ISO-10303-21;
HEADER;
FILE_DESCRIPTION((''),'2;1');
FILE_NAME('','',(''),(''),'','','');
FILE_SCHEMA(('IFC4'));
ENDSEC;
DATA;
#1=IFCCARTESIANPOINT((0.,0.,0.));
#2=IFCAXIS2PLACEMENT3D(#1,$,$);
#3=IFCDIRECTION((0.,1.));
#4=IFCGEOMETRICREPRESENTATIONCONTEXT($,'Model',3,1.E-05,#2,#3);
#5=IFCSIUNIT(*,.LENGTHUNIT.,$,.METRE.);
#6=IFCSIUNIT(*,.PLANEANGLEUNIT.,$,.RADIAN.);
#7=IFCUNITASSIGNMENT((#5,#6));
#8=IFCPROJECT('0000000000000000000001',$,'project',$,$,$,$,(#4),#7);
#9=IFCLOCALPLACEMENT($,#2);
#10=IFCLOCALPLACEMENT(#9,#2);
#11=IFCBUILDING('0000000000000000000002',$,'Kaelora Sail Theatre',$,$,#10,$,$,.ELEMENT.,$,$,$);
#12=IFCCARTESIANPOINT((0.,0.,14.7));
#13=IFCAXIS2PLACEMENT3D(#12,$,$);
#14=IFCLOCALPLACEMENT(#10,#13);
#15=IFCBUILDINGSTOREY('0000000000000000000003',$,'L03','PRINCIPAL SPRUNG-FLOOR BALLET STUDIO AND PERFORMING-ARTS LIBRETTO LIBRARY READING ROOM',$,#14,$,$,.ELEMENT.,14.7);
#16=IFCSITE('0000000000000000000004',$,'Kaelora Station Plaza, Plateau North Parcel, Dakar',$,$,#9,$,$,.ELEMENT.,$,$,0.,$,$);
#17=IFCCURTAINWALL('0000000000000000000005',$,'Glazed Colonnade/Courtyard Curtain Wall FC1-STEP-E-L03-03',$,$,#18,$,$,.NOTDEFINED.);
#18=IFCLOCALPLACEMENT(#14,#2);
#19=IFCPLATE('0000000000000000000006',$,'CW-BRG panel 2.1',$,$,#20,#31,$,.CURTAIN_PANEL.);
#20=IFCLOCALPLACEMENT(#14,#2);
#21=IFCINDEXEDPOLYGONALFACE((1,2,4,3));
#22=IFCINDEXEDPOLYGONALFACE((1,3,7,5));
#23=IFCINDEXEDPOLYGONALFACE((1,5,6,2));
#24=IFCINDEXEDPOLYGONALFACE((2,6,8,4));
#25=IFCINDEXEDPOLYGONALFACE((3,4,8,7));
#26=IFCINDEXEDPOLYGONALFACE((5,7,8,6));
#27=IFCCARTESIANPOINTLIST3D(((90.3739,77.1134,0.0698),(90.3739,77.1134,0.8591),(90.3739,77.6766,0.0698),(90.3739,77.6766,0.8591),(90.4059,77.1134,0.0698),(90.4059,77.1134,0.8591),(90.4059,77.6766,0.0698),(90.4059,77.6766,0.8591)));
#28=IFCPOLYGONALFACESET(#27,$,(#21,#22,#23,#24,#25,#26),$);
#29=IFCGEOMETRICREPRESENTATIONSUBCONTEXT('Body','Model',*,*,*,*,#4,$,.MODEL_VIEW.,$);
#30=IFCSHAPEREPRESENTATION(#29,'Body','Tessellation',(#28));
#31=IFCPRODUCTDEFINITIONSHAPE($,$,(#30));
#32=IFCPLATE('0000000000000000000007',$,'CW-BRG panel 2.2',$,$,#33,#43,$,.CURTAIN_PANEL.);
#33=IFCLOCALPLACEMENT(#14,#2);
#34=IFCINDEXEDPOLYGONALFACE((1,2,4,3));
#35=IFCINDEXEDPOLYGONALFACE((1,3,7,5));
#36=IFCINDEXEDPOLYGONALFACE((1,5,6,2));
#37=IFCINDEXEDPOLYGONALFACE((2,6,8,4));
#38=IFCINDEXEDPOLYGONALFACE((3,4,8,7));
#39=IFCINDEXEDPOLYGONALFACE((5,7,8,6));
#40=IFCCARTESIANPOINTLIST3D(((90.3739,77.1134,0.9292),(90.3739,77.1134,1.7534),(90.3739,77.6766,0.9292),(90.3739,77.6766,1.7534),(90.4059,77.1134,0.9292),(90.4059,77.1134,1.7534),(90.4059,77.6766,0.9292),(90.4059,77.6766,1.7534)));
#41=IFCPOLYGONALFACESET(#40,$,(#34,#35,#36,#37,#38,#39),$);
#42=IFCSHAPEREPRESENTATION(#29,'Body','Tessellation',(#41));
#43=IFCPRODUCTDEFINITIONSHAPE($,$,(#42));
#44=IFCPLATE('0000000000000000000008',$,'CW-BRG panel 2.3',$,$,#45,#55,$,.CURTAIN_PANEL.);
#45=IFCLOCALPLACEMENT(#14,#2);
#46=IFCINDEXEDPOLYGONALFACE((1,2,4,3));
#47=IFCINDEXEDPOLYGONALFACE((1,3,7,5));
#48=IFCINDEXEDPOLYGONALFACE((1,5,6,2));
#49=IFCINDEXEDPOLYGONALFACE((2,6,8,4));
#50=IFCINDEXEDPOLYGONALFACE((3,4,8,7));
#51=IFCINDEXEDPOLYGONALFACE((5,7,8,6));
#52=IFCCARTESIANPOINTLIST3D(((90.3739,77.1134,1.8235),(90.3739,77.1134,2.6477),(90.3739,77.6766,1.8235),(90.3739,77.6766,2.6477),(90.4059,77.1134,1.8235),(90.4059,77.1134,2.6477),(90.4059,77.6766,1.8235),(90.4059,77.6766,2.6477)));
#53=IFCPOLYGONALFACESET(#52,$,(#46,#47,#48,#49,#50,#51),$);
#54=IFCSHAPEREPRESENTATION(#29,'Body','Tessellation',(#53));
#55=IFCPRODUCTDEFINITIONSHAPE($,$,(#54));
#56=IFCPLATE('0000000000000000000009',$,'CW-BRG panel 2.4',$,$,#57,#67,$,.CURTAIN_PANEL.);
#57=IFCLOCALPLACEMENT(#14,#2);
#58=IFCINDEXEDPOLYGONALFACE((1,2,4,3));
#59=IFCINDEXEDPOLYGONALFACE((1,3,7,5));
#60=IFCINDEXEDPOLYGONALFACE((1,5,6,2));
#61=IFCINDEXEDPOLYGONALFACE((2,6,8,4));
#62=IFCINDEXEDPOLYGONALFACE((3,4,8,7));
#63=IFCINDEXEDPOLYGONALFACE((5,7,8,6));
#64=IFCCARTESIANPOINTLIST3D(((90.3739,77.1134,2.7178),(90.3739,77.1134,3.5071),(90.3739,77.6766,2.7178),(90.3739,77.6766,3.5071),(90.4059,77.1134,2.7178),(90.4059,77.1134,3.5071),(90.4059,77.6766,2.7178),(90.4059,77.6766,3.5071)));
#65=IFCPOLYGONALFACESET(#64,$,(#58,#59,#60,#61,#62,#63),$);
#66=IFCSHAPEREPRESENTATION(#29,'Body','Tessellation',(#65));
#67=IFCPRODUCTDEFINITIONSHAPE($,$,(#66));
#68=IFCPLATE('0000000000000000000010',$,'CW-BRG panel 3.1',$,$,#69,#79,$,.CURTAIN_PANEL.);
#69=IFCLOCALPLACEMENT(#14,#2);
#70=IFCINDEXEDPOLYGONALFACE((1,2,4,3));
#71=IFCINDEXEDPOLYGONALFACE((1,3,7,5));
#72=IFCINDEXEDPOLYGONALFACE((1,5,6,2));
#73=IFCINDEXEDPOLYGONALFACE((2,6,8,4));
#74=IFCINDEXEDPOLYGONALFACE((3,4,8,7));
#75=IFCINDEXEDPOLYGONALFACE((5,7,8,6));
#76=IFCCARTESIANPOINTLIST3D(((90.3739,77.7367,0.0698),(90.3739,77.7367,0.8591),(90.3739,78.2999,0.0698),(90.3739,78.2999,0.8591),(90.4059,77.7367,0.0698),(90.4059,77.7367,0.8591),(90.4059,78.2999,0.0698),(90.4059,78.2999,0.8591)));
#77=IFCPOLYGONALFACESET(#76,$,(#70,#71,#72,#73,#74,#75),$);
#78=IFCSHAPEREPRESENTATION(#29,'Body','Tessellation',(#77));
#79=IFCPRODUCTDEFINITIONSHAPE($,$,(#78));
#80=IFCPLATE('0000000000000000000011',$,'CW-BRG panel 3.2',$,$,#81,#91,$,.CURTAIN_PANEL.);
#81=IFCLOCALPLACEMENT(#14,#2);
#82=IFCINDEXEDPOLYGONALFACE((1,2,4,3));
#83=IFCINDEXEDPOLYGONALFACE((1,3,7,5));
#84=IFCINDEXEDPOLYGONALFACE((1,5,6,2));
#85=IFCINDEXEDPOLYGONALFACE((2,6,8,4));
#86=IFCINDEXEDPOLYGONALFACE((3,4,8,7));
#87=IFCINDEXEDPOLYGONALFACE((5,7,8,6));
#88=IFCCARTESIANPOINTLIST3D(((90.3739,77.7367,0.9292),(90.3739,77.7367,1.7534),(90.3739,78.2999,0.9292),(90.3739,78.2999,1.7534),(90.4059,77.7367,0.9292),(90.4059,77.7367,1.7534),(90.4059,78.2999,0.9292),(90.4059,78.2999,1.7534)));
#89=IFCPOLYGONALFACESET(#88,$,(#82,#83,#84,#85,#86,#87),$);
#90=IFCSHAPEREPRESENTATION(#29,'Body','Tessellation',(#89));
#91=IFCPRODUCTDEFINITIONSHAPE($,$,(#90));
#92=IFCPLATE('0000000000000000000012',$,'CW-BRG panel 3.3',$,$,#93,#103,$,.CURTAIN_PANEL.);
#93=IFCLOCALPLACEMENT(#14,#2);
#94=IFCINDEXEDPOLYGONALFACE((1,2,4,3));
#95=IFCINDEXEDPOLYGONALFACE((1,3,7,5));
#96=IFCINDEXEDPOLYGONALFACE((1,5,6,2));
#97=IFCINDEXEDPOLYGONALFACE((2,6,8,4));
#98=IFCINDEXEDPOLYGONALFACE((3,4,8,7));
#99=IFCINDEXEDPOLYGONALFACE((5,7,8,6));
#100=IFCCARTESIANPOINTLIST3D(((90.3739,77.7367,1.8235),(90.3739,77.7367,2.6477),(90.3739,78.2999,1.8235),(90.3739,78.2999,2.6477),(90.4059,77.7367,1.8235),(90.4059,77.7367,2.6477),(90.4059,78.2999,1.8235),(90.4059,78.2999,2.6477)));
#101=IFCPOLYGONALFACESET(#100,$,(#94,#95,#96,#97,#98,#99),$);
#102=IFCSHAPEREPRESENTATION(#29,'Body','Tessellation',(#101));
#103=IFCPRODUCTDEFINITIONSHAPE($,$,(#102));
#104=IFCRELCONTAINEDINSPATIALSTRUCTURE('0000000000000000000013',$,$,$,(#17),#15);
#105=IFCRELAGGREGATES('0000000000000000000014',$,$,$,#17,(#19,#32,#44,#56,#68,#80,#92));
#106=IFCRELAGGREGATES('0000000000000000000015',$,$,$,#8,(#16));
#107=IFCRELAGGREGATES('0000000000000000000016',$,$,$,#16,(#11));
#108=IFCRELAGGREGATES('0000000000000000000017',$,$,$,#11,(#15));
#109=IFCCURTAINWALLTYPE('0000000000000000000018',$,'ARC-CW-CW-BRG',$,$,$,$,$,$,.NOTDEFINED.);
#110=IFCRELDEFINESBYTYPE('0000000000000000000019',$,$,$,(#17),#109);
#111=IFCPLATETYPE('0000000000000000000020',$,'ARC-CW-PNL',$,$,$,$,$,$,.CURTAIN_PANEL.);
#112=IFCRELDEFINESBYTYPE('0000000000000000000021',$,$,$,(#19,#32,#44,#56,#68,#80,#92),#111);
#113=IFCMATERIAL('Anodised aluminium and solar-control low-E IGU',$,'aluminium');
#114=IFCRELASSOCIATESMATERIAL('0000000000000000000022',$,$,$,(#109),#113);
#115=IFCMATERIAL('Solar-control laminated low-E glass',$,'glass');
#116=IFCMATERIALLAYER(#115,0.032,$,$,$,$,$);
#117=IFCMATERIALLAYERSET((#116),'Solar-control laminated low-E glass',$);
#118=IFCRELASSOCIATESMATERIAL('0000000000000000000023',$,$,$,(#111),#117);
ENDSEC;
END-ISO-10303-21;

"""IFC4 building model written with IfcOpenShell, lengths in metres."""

from ifc_helpers import new_model, si_unit, direction, frame, origin, origin_2d, place, context, subcontext, project, spatial, rectangle, extrude, material, layer, layer_set, type_object, element, aggregate, save


model = new_model("IFC4")

# Units and contexts
model_context = context("Model", 3, precision=1e-05, world=origin(), true_north=direction((0.0, 1.0)))
body_context = subcontext(model_context, "Body", "Model", "MODEL_VIEW")
ifc_project = project(units=[si_unit("LENGTHUNIT", "METRE"), si_unit("PLANEANGLEUNIT", "RADIAN")], contexts=[model_context])

# Site, building, storey
site_placement = place(None, origin())
site = spatial("IfcSite", under=ifc_project, at=site_placement, Name="Kaelora Station Plaza, Plateau North Parcel, Dakar", CompositionType="ELEMENT", RefElevation=0.0)
building_placement = place(site_placement, origin())
building = spatial("IfcBuilding", under=site, at=building_placement, Name="Kaelora Sail Theatre", CompositionType="ELEMENT")
storey_placement = place(building_placement, frame((0.0, 0.0, 14.7)))
storey = spatial("IfcBuildingStorey", under=building, at=storey_placement, Name="L03", Description="PRINCIPAL SPRUNG-FLOOR BALLET STUDIO AND PERFORMING-ARTS LIBRETTO LIBRARY READING ROOM", CompositionType="ELEMENT", Elevation=14.7)

# Curtain wall, plates
ifc_material_1 = material(Name="Anodised aluminium and solar-control low-E IGU", Category="aluminium")
curtain_wall_type = type_object("IfcCurtainWallType", Name="ARC-CW-CW-BRG", PredefinedType="NOTDEFINED", material=ifc_material_1)
curtain_wall_placement = place(storey_placement, origin())
curtain_wall = element("IfcCurtainWall", 1, at=curtain_wall_placement, inside=storey, type_object=curtain_wall_type, Name="Glazed Colonnade/Courtyard Curtain Wall FC1-STEP-E-L03-03", PredefinedType="NOTDEFINED")
ifc_material_2 = material(Name="Solar-control laminated low-E glass", Category="glass")
ifc_layer = layer(ifc_material_2, 0.032)
ifc_layer_set = layer_set([ifc_layer], Name="Solar-control laminated low-E glass")
plate_type = type_object("IfcPlateType", Name="ARC-CW-PNL", PredefinedType="CURTAIN_PANEL", material=ifc_layer_set)
plate_1_placement = place(storey_placement, frame((90.3899, 77.395, 0.0698), z_axis=(0.0, 0.0, 1.0), x_axis=(0.0, 1.0, 0.0)))
plate_1 = element("IfcPlate", 2, at=plate_1_placement, type_object=plate_type, Name="CW-BRG panel 2.1", PredefinedType="CURTAIN_PANEL", context=body_context, shape_type="SweptSolid", body=[
    extrude(rectangle(XDim=0.5632, YDim=0.032, at=origin_2d()), origin(), (0.0, 0.0, 1.0), 0.7893),
])
plate_2_placement = place(storey_placement, frame((90.3899, 77.395, 0.9292), z_axis=(0.0, 0.0, 1.0), x_axis=(0.0, 1.0, 0.0)))
plate_2 = element("IfcPlate", 3, at=plate_2_placement, type_object=plate_type, Name="CW-BRG panel 2.2", PredefinedType="CURTAIN_PANEL", context=body_context, shape_type="SweptSolid", body=[
    extrude(rectangle(XDim=0.5632, YDim=0.032, at=origin_2d()), origin(), (0.0, 0.0, 1.0), 0.8242),
])
plate_3_placement = place(storey_placement, frame((90.3899, 77.395, 1.8235), z_axis=(0.0, 0.0, 1.0), x_axis=(0.0, 1.0, 0.0)))
plate_3 = element("IfcPlate", 4, at=plate_3_placement, type_object=plate_type, Name="CW-BRG panel 2.3", PredefinedType="CURTAIN_PANEL", context=body_context, shape_type="SweptSolid", body=[
    extrude(rectangle(XDim=0.5632, YDim=0.032, at=origin_2d()), origin(), (0.0, 0.0, 1.0), 0.8242),
])
plate_4_placement = place(storey_placement, frame((90.3899, 77.395, 2.7178), z_axis=(0.0, 0.0, 1.0), x_axis=(0.0, 1.0, 0.0)))
plate_4 = element("IfcPlate", 5, at=plate_4_placement, type_object=plate_type, Name="CW-BRG panel 2.4", PredefinedType="CURTAIN_PANEL", context=body_context, shape_type="SweptSolid", body=[
    extrude(rectangle(XDim=0.5632, YDim=0.032, at=origin_2d()), origin(), (0.0, 0.0, 1.0), 0.7893),
])
plate_5_placement = place(storey_placement, frame((90.3899, 78.0183, 0.0698), z_axis=(0.0, 0.0, 1.0), x_axis=(0.0, 1.0, 0.0)))
plate_5 = element("IfcPlate", 6, at=plate_5_placement, type_object=plate_type, Name="CW-BRG panel 3.1", PredefinedType="CURTAIN_PANEL", context=body_context, shape_type="SweptSolid", body=[
    extrude(rectangle(XDim=0.5632, YDim=0.032, at=origin_2d()), origin(), (0.0, 0.0, 1.0), 0.7893),
])
plate_6_placement = place(storey_placement, frame((90.3899, 78.0183, 0.9292), z_axis=(0.0, 0.0, 1.0), x_axis=(0.0, 1.0, 0.0)))
plate_6 = element("IfcPlate", 7, at=plate_6_placement, type_object=plate_type, Name="CW-BRG panel 3.2", PredefinedType="CURTAIN_PANEL", context=body_context, shape_type="SweptSolid", body=[
    extrude(rectangle(XDim=0.5632, YDim=0.032, at=origin_2d()), origin(), (0.0, 0.0, 1.0), 0.8242),
])
plate_7_placement = place(storey_placement, frame((90.3899, 78.0183, 1.8235), z_axis=(0.0, 0.0, 1.0), x_axis=(0.0, 1.0, 0.0)))
plate_7 = element("IfcPlate", 8, at=plate_7_placement, type_object=plate_type, Name="CW-BRG panel 3.3", PredefinedType="CURTAIN_PANEL", context=body_context, shape_type="SweptSolid", body=[
    extrude(rectangle(XDim=0.5632, YDim=0.032, at=origin_2d()), origin(), (0.0, 0.0, 1.0), 0.8242),
])
aggregate(curtain_wall, [plate_1, plate_2, plate_3, plate_4, plate_5, plate_6, plate_7])

save(model, "model.ifc")
